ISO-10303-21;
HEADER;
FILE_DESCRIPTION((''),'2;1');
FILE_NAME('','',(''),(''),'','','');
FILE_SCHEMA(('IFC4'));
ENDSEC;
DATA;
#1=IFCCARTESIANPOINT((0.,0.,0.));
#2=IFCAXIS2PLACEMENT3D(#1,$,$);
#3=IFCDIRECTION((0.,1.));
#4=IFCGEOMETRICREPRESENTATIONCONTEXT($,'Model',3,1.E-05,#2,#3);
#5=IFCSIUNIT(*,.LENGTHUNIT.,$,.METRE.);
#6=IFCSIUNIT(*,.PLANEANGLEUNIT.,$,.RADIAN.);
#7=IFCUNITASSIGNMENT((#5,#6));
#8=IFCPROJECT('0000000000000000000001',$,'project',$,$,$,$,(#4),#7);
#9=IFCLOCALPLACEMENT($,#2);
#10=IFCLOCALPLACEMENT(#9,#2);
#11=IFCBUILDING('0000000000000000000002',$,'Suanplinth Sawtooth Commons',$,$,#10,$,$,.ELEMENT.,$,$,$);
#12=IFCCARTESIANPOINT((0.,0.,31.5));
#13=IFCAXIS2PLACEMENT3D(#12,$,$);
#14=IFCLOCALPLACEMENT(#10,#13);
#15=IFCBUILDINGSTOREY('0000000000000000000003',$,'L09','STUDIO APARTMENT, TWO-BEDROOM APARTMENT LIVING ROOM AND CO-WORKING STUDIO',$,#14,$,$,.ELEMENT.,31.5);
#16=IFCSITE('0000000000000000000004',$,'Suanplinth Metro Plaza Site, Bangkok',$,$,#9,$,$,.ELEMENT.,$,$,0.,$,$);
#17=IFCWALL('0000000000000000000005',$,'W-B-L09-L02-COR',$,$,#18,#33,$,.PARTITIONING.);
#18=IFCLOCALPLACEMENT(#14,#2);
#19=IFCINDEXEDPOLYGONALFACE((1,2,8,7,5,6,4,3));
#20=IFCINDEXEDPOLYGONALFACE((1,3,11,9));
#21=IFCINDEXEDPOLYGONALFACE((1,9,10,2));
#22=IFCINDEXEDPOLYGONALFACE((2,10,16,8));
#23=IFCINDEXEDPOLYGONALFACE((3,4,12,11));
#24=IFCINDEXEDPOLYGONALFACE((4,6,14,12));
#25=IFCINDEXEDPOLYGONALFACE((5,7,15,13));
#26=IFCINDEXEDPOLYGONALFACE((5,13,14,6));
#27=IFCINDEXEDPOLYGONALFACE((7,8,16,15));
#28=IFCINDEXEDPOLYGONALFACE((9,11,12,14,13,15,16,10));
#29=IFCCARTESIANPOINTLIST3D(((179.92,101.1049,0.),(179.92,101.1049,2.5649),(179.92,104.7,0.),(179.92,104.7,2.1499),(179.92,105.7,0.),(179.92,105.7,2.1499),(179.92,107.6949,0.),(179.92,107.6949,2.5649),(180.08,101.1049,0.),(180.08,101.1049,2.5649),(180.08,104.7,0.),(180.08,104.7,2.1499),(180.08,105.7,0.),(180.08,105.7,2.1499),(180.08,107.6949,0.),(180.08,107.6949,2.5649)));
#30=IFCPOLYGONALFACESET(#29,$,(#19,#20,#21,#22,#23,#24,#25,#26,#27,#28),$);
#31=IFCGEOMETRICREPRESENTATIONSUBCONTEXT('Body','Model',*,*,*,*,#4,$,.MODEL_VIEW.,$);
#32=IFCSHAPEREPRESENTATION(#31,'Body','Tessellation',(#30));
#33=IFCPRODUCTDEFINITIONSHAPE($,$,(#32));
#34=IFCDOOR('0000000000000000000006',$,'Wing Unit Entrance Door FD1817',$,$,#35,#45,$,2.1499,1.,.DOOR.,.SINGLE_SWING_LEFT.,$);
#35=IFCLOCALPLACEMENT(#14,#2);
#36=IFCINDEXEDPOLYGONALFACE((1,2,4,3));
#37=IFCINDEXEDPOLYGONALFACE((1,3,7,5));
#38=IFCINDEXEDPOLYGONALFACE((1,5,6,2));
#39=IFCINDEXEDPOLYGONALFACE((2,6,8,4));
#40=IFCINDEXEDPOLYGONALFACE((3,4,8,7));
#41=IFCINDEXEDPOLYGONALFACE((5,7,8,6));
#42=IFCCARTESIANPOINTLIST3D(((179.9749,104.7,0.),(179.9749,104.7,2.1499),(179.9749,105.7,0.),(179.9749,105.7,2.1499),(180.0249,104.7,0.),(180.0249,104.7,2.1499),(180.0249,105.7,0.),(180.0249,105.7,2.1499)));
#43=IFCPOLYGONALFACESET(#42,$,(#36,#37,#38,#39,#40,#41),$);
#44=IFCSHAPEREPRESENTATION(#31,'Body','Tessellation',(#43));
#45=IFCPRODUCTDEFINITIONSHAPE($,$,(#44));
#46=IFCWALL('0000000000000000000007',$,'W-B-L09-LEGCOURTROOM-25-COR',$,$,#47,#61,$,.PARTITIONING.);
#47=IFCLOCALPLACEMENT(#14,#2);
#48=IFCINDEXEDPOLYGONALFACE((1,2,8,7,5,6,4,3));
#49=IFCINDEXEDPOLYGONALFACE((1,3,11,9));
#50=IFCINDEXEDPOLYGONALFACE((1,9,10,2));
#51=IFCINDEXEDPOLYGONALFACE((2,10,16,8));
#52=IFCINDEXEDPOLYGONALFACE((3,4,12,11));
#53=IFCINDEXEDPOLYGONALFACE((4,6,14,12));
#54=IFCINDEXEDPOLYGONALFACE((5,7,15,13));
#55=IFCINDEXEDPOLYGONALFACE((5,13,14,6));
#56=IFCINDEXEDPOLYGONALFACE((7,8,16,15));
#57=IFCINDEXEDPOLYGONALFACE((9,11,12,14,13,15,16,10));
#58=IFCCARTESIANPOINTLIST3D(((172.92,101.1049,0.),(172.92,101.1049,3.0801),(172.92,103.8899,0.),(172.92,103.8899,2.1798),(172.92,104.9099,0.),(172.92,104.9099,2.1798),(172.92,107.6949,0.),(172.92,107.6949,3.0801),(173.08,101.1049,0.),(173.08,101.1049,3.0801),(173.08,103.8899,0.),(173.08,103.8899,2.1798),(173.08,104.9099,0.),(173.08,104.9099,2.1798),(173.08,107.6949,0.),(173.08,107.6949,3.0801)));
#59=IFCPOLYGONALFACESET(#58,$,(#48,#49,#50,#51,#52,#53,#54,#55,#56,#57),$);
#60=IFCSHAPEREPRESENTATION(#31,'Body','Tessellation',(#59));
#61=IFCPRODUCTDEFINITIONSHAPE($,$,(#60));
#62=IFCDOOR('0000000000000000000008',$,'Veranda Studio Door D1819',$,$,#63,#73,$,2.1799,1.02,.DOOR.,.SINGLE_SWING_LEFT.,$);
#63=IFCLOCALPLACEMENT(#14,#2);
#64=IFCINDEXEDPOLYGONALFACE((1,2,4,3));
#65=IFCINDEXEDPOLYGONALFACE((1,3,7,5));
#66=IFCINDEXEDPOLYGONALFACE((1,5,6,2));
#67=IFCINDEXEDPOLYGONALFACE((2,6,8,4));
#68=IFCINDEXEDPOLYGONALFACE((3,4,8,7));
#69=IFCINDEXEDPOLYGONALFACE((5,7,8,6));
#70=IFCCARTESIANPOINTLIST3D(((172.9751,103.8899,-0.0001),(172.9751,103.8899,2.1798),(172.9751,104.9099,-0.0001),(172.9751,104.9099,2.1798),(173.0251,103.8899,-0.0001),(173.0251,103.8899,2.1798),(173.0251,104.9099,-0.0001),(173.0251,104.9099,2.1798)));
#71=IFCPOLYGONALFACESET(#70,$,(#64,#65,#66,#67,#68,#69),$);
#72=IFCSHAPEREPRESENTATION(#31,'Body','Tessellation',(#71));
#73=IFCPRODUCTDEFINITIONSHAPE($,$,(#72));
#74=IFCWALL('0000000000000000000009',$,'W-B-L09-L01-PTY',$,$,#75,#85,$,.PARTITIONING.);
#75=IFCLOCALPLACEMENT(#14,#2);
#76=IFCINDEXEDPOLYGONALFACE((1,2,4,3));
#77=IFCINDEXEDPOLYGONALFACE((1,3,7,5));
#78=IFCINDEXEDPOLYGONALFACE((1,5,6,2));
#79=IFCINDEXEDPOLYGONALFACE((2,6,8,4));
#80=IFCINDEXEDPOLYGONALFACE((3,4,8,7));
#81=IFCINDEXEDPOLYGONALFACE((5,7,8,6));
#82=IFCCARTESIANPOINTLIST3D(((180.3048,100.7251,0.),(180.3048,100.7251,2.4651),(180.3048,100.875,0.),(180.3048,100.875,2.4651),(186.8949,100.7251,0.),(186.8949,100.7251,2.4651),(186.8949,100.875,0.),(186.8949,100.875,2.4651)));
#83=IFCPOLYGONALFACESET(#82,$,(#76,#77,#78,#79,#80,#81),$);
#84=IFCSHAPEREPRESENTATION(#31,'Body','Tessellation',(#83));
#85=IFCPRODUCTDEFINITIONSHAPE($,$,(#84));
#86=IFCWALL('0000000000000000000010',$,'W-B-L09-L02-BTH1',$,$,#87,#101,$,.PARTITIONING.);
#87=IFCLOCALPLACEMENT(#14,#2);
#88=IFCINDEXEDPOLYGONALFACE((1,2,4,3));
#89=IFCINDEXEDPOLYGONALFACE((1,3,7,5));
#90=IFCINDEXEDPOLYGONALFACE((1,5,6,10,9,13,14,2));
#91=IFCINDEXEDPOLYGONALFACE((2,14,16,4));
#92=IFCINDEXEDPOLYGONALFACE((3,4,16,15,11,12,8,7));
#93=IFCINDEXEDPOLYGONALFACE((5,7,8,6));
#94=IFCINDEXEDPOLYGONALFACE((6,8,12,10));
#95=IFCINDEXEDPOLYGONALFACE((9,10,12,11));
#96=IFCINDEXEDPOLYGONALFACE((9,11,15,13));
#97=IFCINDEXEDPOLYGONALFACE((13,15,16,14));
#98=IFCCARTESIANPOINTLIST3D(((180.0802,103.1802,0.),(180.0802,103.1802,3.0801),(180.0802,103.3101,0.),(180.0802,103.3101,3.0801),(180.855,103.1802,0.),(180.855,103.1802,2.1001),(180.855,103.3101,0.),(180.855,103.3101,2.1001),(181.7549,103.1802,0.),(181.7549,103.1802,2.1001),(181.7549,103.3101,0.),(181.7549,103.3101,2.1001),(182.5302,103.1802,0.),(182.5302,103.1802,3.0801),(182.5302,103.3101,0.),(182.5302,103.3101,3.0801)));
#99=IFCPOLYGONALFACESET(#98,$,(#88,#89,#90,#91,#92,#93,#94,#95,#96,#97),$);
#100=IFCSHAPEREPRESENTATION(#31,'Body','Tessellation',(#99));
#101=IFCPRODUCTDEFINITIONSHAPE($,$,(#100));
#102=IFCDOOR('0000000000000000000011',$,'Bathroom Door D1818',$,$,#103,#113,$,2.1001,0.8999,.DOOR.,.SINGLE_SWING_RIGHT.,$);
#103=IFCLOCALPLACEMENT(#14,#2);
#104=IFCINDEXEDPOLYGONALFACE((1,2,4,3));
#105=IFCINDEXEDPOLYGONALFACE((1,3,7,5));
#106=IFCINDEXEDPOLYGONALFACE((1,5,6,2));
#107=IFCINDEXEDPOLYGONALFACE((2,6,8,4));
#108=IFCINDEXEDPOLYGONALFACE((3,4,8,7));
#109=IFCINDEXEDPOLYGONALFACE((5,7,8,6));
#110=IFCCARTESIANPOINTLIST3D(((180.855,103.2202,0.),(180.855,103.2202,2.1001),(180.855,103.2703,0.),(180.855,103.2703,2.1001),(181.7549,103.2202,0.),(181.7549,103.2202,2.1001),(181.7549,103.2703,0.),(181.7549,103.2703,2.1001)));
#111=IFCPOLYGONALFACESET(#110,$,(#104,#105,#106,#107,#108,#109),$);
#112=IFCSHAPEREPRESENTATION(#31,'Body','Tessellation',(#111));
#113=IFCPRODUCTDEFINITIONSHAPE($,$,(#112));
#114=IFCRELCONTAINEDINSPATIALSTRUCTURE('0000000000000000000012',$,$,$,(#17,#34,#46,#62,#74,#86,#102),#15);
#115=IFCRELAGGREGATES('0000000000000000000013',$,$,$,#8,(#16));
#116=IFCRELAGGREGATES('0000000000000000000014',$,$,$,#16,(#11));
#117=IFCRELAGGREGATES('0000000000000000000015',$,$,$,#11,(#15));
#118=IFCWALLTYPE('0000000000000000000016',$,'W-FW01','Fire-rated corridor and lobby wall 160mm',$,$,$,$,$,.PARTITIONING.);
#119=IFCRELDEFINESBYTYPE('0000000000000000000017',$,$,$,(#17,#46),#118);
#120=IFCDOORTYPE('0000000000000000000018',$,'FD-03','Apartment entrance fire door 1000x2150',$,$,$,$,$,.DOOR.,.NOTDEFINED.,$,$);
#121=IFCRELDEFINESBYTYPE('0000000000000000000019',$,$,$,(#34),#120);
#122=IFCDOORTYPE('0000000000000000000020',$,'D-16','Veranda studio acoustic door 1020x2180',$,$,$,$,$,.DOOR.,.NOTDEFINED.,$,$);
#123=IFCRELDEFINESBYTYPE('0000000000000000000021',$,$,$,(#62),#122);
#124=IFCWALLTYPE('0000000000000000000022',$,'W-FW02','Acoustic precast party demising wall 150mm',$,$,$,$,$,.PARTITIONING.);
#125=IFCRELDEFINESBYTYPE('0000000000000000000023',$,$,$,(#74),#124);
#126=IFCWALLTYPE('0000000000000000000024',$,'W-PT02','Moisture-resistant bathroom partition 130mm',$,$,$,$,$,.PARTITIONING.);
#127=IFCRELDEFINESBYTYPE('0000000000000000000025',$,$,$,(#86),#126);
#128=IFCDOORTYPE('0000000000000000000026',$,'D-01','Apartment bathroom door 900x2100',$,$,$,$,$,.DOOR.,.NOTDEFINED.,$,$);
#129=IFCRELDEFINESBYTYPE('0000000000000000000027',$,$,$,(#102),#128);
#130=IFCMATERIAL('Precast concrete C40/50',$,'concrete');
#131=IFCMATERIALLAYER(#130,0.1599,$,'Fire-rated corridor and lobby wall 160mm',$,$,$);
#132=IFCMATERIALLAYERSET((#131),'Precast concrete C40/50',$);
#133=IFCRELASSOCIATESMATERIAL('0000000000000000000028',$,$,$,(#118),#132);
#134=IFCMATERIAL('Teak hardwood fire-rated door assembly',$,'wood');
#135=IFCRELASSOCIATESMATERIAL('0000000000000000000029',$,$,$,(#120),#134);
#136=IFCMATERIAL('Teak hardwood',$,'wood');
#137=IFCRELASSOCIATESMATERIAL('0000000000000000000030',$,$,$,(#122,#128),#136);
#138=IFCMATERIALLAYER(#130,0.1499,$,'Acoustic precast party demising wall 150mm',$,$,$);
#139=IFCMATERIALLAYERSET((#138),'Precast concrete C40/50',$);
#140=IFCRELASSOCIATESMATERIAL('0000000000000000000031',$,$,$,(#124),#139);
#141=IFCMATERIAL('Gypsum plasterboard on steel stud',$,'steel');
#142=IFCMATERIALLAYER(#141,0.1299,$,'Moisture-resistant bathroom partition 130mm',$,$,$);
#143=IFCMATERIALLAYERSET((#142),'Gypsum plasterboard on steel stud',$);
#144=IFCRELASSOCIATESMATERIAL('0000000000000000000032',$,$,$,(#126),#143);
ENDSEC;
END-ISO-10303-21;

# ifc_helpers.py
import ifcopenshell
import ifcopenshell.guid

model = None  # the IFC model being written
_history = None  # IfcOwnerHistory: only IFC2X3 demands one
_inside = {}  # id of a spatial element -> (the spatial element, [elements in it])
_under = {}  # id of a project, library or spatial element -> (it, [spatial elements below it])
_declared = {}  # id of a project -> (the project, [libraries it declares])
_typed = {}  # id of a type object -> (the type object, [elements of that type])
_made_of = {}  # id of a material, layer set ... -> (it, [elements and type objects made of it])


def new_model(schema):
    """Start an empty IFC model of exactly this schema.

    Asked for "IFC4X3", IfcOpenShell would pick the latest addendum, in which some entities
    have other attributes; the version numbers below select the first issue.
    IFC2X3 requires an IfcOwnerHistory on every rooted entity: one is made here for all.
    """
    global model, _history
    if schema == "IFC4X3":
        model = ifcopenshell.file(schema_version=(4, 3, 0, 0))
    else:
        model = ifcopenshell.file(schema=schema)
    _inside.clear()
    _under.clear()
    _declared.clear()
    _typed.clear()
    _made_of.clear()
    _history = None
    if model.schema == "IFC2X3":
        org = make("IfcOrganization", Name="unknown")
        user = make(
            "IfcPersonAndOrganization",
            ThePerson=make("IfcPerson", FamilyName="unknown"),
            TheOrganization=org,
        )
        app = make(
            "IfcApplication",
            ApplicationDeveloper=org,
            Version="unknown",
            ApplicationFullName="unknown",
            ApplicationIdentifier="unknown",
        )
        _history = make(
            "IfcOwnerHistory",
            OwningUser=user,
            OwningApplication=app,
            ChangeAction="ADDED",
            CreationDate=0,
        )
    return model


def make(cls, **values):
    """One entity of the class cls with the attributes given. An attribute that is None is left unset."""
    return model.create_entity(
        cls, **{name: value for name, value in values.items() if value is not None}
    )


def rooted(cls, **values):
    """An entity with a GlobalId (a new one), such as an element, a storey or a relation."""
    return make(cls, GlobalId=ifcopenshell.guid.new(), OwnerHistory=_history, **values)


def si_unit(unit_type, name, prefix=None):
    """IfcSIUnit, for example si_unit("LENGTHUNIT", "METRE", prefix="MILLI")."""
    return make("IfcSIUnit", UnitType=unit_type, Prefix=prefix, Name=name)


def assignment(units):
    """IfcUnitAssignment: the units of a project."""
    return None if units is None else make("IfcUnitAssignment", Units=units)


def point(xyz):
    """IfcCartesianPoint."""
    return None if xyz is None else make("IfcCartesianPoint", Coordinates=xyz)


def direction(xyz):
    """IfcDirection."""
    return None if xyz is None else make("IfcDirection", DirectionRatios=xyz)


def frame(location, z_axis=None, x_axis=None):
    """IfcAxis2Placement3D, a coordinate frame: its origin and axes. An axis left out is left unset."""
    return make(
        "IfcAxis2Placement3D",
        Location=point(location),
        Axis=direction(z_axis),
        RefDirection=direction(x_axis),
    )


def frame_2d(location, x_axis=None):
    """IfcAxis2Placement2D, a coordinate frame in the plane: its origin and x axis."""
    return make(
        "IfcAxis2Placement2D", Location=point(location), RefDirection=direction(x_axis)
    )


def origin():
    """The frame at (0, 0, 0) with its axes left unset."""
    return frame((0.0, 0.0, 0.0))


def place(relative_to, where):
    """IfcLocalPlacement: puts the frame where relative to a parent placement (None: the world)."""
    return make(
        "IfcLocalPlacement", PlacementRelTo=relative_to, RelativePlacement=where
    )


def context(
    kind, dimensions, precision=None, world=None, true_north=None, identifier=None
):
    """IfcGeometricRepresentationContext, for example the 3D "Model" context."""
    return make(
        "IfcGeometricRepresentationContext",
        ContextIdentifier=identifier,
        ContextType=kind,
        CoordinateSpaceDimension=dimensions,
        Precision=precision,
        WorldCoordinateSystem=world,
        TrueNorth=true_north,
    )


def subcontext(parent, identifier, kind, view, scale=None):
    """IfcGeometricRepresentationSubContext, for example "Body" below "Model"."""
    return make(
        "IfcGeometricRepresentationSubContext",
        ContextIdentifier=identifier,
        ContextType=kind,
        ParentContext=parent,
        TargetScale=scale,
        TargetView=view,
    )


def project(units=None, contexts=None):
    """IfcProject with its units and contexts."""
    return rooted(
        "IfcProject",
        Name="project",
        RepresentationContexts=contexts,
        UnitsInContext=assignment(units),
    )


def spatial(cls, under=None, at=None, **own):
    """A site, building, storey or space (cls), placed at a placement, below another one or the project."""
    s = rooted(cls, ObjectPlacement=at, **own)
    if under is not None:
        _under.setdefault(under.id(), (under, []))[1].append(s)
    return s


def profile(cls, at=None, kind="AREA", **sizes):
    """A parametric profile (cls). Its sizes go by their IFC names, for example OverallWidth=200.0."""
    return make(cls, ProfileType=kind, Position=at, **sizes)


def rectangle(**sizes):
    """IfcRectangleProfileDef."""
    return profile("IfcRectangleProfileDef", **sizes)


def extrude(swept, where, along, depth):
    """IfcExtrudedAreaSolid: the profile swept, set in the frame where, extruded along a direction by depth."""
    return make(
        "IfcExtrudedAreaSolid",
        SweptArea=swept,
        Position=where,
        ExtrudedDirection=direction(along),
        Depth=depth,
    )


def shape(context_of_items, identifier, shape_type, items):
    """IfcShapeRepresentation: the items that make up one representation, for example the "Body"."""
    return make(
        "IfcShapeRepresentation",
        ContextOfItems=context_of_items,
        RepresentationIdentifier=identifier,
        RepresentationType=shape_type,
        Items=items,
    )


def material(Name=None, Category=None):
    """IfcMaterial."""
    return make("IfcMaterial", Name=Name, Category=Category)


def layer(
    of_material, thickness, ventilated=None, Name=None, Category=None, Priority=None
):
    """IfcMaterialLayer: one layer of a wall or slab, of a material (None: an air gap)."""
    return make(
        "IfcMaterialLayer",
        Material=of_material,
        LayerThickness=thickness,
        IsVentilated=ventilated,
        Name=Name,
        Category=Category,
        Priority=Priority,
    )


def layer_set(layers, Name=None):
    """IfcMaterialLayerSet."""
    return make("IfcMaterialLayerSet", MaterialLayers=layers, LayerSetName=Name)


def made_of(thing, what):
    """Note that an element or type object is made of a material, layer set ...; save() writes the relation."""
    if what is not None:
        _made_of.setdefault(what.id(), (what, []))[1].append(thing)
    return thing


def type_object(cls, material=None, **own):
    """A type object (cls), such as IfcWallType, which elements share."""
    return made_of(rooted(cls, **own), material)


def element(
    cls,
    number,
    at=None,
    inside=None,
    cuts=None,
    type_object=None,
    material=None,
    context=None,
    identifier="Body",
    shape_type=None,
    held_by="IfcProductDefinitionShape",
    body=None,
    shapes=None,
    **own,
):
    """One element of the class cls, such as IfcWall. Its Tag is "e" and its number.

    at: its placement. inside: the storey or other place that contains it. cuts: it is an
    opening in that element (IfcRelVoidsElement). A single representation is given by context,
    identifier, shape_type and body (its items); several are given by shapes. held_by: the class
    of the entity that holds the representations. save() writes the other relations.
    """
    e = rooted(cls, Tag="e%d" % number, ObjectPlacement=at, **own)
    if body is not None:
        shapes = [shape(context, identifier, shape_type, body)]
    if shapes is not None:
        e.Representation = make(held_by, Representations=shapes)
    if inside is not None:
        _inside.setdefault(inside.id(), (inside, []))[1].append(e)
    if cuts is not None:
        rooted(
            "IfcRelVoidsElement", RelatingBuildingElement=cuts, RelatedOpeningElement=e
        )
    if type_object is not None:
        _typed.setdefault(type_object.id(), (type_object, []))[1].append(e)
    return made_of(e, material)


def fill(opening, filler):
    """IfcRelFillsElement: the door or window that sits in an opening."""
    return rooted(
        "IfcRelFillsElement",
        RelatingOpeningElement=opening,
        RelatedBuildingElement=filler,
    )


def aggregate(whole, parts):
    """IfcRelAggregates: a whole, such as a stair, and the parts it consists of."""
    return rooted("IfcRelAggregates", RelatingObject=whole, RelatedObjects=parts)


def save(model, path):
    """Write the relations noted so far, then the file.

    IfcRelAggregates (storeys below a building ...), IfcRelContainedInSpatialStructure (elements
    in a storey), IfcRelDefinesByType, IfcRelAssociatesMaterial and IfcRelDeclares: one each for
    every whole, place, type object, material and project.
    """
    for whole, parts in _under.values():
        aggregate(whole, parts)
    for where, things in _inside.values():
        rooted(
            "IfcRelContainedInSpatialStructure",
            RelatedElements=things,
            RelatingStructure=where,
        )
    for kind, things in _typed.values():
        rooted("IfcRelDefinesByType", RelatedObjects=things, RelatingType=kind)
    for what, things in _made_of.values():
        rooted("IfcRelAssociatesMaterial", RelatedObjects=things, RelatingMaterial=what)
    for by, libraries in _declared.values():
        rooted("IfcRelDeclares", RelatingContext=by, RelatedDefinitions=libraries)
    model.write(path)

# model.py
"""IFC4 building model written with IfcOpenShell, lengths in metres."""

from ifc_helpers import new_model, si_unit, direction, frame, frame_2d, origin, place, context, subcontext, project, spatial, rectangle, extrude, material, layer, layer_set, type_object, element, fill, save


model = new_model("IFC4")

# Units and contexts
model_context = context("Model", 3, precision=1e-05, world=origin(), true_north=direction((0.0, 1.0)))
body_context = subcontext(model_context, "Body", "Model", "MODEL_VIEW")
ifc_project = project(units=[si_unit("LENGTHUNIT", "METRE"), si_unit("PLANEANGLEUNIT", "RADIAN")], contexts=[model_context])

# Site, building, storey
site_placement = place(None, origin())
site = spatial("IfcSite", under=ifc_project, at=site_placement, Name="Suanplinth Metro Plaza Site, Bangkok", CompositionType="ELEMENT", RefElevation=0.0)
building_placement = place(site_placement, origin())
building = spatial("IfcBuilding", under=site, at=building_placement, Name="Suanplinth Sawtooth Commons", CompositionType="ELEMENT")
storey_placement = place(building_placement, frame((0.0, 0.0, 31.5)))
storey = spatial("IfcBuildingStorey", under=building, at=storey_placement, Name="L09", Description="STUDIO APARTMENT, TWO-BEDROOM APARTMENT LIVING ROOM AND CO-WORKING STUDIO", CompositionType="ELEMENT", Elevation=31.5)

# Shared definitions
ifc_material_1 = material(Name="Precast concrete C40/50", Category="concrete")

# Walls, openings, doors
ifc_layer_1 = layer(ifc_material_1, 0.1599, Name="Fire-rated corridor and lobby wall 160mm")
ifc_layer_set_1 = layer_set([ifc_layer_1], Name="Precast concrete C40/50")
wall_type_1 = type_object("IfcWallType", Name="W-FW01", Description="Fire-rated corridor and lobby wall 160mm", PredefinedType="PARTITIONING", material=ifc_layer_set_1)
ifc_material_2 = material(Name="Teak hardwood fire-rated door assembly", Category="wood")
door_type_1 = type_object("IfcDoorType", Name="FD-03", Description="Apartment entrance fire door 1000x2150", OperationType="NOTDEFINED", PredefinedType="DOOR", material=ifc_material_2)
wall_1_placement = place(storey_placement, frame((180.0, 101.105, 0.0), z_axis=(0.0, 0.0, 1.0), x_axis=(0.0, 1.0, 0.0)))
wall_1 = element("IfcWall", 1, at=wall_1_placement, inside=storey, type_object=wall_type_1, Name="W-B-L09-L02-COR", PredefinedType="PARTITIONING", context=body_context, shape_type="SweptSolid", body=[
    extrude(rectangle(XDim=6.5901, YDim=0.1599, at=frame_2d((3.2949, 0.0))), origin(), (0.0, 0.0, 1.0), 2.5649),
])
opening_1_placement = place(wall_1_placement, frame((3.595, 0.0, 0.0)))
opening_1 = element("IfcOpeningElement", 2, at=opening_1_placement, cuts=wall_1, PredefinedType="OPENING", context=body_context, shape_type="SweptSolid", body=[
    extrude(rectangle(XDim=1.0, YDim=2.1499, at=frame_2d((0.5, 1.075))), frame((0.0, 0.0947, 0.0), z_axis=(0.0, -1.0, 0.0), x_axis=(1.0, 0.0, 0.0)), (0.0, 0.0, 1.0), 0.1897),
])
door_1_placement = place(opening_1_placement, frame((1.0, 0.0, 0.0), z_axis=(0.0, 0.0, 1.0), x_axis=(-1.0, 0.0, 0.0)))
door_1 = element("IfcDoor", 3, at=door_1_placement, inside=storey, type_object=door_type_1, Name="Wing Unit Entrance Door FD1817", OperationType="SINGLE_SWING_LEFT", OverallHeight=2.1499, OverallWidth=1.0, PredefinedType="DOOR", context=body_context, shape_type="SweptSolid", body=[
    extrude(rectangle(XDim=1.0, YDim=2.1499, at=frame_2d((0.5, 1.075))), frame((0.0, 0.0249, 0.0), z_axis=(0.0, -1.0, 0.0), x_axis=(1.0, 0.0, 0.0)), (0.0, 0.0, 1.0), 0.05),
])
fill(opening_1, door_1)
wall_2_placement = place(storey_placement, frame((173.0, 101.105, 0.0), z_axis=(0.0, 0.0, 1.0), x_axis=(0.0, 1.0, 0.0)))
wall_2 = element("IfcWall", 4, at=wall_2_placement, inside=storey, type_object=wall_type_1, Name="W-B-L09-LEGCOURTROOM-25-COR", PredefinedType="PARTITIONING", context=body_context, shape_type="SweptSolid", body=[
    extrude(rectangle(XDim=6.5901, YDim=0.1599, at=frame_2d((3.2949, 0.0))), origin(), (0.0, 0.0, 1.0), 3.0801),
])
opening_2_placement = place(wall_2_placement, frame((2.7849, 0.0, 0.0)))
opening_2 = element("IfcOpeningElement", 5, at=opening_2_placement, cuts=wall_2, PredefinedType="OPENING", context=body_context, shape_type="SweptSolid", body=[
    extrude(rectangle(XDim=1.02, YDim=2.1799, at=frame_2d((0.51, 1.0898))), frame((0.0, 0.0947, 0.0), z_axis=(0.0, -1.0, 0.0), x_axis=(1.0, 0.0, 0.0)), (0.0, 0.0, 1.0), 0.1897),
])
ifc_material_3 = material(Name="Teak hardwood", Category="wood")
door_type_2 = type_object("IfcDoorType", Name="D-16", Description="Veranda studio acoustic door 1020x2180", OperationType="NOTDEFINED", PredefinedType="DOOR", material=ifc_material_3)
door_2_placement = place(opening_2_placement, origin())
door_2 = element("IfcDoor", 6, at=door_2_placement, inside=storey, type_object=door_type_2, Name="Veranda Studio Door D1819", OperationType="SINGLE_SWING_LEFT", OverallHeight=2.1799, OverallWidth=1.02, PredefinedType="DOOR", context=body_context, shape_type="SweptSolid", body=[
    extrude(rectangle(XDim=1.02, YDim=2.1799, at=frame_2d((0.51, 1.0898))), frame((0.0, 0.0249, 0.0), z_axis=(0.0, -1.0, 0.0), x_axis=(1.0, 0.0, 0.0)), (0.0, 0.0, 1.0), 0.05),
])
fill(opening_2, door_2)

# Wall
ifc_layer_2 = layer(ifc_material_1, 0.1499, Name="Acoustic precast party demising wall 150mm")
ifc_layer_set_2 = layer_set([ifc_layer_2], Name="Precast concrete C40/50")
wall_type_2 = type_object("IfcWallType", Name="W-FW02", Description="Acoustic precast party demising wall 150mm", PredefinedType="PARTITIONING", material=ifc_layer_set_2)
wall_3_placement = place(storey_placement, frame((180.3049, 100.8, 0.0), z_axis=(0.0, 0.0, 1.0), x_axis=(1.0, 0.0, 0.0)))
element("IfcWall", 7, at=wall_3_placement, inside=storey, type_object=wall_type_2, Name="W-B-L09-L01-PTY", PredefinedType="PARTITIONING", context=body_context, shape_type="SweptSolid", body=[
    extrude(rectangle(XDim=6.5901, YDim=0.1499, at=frame_2d((3.2949, 0.0))), origin(), (0.0, 0.0, 1.0), 2.4651),
])

# Wall, opening, door
ifc_material_4 = material(Name="Gypsum plasterboard on steel stud", Category="steel")
ifc_layer_3 = layer(ifc_material_4, 0.1299, Name="Moisture-resistant bathroom partition 130mm")
ifc_layer_set_3 = layer_set([ifc_layer_3], Name="Gypsum plasterboard on steel stud")
wall_type_3 = type_object("IfcWallType", Name="W-PT02", Description="Moisture-resistant bathroom partition 130mm", PredefinedType="PARTITIONING", material=ifc_layer_set_3)
wall_4_placement = place(storey_placement, frame((180.0801, 103.2451, 0.0), z_axis=(0.0, 0.0, 1.0), x_axis=(1.0, 0.0, 0.0)))
wall_4 = element("IfcWall", 8, at=wall_4_placement, inside=storey, type_object=wall_type_3, Name="W-B-L09-L02-BTH1", PredefinedType="PARTITIONING", context=body_context, shape_type="SweptSolid", body=[
    extrude(rectangle(XDim=2.45, YDim=0.1299, at=frame_2d((1.2251, 0.0))), origin(), (0.0, 0.0, 1.0), 3.0801),
])
opening_3_placement = place(wall_4_placement, frame((0.7749, 0.0, 0.0)))
opening_3 = element("IfcOpeningElement", 9, at=opening_3_placement, cuts=wall_4, PredefinedType="OPENING", context=body_context, shape_type="SweptSolid", body=[
    extrude(rectangle(XDim=0.8999, YDim=2.1001, at=frame_2d((0.45, 1.05))), frame((0.0, 0.0798, 0.0), z_axis=(0.0, -1.0, 0.0), x_axis=(1.0, 0.0, 0.0)), (0.0, 0.0, 1.0), 0.1597),
])
door_type_3 = type_object("IfcDoorType", Name="D-01", Description="Apartment bathroom door 900x2100", OperationType="NOTDEFINED", PredefinedType="DOOR", material=ifc_material_3)
door_3_placement = place(opening_3_placement, frame((0.8999, 0.0, 0.0), z_axis=(0.0, 0.0, 1.0), x_axis=(-1.0, 0.0, 0.0)))
door_3 = element("IfcDoor", 10, at=door_3_placement, inside=storey, type_object=door_type_3, Name="Bathroom Door D1818", OperationType="SINGLE_SWING_RIGHT", OverallHeight=2.1001, OverallWidth=0.8999, PredefinedType="DOOR", context=body_context, shape_type="SweptSolid", body=[
    extrude(rectangle(XDim=0.8999, YDim=2.1001, at=frame_2d((0.45, 1.05))), frame((0.0, 0.0249, 0.0), z_axis=(0.0, -1.0, 0.0), x_axis=(1.0, 0.0, 0.0)), (0.0, 0.0, 1.0), 0.05),
])
fill(opening_3, door_3)

save(model, "model.ifc")
